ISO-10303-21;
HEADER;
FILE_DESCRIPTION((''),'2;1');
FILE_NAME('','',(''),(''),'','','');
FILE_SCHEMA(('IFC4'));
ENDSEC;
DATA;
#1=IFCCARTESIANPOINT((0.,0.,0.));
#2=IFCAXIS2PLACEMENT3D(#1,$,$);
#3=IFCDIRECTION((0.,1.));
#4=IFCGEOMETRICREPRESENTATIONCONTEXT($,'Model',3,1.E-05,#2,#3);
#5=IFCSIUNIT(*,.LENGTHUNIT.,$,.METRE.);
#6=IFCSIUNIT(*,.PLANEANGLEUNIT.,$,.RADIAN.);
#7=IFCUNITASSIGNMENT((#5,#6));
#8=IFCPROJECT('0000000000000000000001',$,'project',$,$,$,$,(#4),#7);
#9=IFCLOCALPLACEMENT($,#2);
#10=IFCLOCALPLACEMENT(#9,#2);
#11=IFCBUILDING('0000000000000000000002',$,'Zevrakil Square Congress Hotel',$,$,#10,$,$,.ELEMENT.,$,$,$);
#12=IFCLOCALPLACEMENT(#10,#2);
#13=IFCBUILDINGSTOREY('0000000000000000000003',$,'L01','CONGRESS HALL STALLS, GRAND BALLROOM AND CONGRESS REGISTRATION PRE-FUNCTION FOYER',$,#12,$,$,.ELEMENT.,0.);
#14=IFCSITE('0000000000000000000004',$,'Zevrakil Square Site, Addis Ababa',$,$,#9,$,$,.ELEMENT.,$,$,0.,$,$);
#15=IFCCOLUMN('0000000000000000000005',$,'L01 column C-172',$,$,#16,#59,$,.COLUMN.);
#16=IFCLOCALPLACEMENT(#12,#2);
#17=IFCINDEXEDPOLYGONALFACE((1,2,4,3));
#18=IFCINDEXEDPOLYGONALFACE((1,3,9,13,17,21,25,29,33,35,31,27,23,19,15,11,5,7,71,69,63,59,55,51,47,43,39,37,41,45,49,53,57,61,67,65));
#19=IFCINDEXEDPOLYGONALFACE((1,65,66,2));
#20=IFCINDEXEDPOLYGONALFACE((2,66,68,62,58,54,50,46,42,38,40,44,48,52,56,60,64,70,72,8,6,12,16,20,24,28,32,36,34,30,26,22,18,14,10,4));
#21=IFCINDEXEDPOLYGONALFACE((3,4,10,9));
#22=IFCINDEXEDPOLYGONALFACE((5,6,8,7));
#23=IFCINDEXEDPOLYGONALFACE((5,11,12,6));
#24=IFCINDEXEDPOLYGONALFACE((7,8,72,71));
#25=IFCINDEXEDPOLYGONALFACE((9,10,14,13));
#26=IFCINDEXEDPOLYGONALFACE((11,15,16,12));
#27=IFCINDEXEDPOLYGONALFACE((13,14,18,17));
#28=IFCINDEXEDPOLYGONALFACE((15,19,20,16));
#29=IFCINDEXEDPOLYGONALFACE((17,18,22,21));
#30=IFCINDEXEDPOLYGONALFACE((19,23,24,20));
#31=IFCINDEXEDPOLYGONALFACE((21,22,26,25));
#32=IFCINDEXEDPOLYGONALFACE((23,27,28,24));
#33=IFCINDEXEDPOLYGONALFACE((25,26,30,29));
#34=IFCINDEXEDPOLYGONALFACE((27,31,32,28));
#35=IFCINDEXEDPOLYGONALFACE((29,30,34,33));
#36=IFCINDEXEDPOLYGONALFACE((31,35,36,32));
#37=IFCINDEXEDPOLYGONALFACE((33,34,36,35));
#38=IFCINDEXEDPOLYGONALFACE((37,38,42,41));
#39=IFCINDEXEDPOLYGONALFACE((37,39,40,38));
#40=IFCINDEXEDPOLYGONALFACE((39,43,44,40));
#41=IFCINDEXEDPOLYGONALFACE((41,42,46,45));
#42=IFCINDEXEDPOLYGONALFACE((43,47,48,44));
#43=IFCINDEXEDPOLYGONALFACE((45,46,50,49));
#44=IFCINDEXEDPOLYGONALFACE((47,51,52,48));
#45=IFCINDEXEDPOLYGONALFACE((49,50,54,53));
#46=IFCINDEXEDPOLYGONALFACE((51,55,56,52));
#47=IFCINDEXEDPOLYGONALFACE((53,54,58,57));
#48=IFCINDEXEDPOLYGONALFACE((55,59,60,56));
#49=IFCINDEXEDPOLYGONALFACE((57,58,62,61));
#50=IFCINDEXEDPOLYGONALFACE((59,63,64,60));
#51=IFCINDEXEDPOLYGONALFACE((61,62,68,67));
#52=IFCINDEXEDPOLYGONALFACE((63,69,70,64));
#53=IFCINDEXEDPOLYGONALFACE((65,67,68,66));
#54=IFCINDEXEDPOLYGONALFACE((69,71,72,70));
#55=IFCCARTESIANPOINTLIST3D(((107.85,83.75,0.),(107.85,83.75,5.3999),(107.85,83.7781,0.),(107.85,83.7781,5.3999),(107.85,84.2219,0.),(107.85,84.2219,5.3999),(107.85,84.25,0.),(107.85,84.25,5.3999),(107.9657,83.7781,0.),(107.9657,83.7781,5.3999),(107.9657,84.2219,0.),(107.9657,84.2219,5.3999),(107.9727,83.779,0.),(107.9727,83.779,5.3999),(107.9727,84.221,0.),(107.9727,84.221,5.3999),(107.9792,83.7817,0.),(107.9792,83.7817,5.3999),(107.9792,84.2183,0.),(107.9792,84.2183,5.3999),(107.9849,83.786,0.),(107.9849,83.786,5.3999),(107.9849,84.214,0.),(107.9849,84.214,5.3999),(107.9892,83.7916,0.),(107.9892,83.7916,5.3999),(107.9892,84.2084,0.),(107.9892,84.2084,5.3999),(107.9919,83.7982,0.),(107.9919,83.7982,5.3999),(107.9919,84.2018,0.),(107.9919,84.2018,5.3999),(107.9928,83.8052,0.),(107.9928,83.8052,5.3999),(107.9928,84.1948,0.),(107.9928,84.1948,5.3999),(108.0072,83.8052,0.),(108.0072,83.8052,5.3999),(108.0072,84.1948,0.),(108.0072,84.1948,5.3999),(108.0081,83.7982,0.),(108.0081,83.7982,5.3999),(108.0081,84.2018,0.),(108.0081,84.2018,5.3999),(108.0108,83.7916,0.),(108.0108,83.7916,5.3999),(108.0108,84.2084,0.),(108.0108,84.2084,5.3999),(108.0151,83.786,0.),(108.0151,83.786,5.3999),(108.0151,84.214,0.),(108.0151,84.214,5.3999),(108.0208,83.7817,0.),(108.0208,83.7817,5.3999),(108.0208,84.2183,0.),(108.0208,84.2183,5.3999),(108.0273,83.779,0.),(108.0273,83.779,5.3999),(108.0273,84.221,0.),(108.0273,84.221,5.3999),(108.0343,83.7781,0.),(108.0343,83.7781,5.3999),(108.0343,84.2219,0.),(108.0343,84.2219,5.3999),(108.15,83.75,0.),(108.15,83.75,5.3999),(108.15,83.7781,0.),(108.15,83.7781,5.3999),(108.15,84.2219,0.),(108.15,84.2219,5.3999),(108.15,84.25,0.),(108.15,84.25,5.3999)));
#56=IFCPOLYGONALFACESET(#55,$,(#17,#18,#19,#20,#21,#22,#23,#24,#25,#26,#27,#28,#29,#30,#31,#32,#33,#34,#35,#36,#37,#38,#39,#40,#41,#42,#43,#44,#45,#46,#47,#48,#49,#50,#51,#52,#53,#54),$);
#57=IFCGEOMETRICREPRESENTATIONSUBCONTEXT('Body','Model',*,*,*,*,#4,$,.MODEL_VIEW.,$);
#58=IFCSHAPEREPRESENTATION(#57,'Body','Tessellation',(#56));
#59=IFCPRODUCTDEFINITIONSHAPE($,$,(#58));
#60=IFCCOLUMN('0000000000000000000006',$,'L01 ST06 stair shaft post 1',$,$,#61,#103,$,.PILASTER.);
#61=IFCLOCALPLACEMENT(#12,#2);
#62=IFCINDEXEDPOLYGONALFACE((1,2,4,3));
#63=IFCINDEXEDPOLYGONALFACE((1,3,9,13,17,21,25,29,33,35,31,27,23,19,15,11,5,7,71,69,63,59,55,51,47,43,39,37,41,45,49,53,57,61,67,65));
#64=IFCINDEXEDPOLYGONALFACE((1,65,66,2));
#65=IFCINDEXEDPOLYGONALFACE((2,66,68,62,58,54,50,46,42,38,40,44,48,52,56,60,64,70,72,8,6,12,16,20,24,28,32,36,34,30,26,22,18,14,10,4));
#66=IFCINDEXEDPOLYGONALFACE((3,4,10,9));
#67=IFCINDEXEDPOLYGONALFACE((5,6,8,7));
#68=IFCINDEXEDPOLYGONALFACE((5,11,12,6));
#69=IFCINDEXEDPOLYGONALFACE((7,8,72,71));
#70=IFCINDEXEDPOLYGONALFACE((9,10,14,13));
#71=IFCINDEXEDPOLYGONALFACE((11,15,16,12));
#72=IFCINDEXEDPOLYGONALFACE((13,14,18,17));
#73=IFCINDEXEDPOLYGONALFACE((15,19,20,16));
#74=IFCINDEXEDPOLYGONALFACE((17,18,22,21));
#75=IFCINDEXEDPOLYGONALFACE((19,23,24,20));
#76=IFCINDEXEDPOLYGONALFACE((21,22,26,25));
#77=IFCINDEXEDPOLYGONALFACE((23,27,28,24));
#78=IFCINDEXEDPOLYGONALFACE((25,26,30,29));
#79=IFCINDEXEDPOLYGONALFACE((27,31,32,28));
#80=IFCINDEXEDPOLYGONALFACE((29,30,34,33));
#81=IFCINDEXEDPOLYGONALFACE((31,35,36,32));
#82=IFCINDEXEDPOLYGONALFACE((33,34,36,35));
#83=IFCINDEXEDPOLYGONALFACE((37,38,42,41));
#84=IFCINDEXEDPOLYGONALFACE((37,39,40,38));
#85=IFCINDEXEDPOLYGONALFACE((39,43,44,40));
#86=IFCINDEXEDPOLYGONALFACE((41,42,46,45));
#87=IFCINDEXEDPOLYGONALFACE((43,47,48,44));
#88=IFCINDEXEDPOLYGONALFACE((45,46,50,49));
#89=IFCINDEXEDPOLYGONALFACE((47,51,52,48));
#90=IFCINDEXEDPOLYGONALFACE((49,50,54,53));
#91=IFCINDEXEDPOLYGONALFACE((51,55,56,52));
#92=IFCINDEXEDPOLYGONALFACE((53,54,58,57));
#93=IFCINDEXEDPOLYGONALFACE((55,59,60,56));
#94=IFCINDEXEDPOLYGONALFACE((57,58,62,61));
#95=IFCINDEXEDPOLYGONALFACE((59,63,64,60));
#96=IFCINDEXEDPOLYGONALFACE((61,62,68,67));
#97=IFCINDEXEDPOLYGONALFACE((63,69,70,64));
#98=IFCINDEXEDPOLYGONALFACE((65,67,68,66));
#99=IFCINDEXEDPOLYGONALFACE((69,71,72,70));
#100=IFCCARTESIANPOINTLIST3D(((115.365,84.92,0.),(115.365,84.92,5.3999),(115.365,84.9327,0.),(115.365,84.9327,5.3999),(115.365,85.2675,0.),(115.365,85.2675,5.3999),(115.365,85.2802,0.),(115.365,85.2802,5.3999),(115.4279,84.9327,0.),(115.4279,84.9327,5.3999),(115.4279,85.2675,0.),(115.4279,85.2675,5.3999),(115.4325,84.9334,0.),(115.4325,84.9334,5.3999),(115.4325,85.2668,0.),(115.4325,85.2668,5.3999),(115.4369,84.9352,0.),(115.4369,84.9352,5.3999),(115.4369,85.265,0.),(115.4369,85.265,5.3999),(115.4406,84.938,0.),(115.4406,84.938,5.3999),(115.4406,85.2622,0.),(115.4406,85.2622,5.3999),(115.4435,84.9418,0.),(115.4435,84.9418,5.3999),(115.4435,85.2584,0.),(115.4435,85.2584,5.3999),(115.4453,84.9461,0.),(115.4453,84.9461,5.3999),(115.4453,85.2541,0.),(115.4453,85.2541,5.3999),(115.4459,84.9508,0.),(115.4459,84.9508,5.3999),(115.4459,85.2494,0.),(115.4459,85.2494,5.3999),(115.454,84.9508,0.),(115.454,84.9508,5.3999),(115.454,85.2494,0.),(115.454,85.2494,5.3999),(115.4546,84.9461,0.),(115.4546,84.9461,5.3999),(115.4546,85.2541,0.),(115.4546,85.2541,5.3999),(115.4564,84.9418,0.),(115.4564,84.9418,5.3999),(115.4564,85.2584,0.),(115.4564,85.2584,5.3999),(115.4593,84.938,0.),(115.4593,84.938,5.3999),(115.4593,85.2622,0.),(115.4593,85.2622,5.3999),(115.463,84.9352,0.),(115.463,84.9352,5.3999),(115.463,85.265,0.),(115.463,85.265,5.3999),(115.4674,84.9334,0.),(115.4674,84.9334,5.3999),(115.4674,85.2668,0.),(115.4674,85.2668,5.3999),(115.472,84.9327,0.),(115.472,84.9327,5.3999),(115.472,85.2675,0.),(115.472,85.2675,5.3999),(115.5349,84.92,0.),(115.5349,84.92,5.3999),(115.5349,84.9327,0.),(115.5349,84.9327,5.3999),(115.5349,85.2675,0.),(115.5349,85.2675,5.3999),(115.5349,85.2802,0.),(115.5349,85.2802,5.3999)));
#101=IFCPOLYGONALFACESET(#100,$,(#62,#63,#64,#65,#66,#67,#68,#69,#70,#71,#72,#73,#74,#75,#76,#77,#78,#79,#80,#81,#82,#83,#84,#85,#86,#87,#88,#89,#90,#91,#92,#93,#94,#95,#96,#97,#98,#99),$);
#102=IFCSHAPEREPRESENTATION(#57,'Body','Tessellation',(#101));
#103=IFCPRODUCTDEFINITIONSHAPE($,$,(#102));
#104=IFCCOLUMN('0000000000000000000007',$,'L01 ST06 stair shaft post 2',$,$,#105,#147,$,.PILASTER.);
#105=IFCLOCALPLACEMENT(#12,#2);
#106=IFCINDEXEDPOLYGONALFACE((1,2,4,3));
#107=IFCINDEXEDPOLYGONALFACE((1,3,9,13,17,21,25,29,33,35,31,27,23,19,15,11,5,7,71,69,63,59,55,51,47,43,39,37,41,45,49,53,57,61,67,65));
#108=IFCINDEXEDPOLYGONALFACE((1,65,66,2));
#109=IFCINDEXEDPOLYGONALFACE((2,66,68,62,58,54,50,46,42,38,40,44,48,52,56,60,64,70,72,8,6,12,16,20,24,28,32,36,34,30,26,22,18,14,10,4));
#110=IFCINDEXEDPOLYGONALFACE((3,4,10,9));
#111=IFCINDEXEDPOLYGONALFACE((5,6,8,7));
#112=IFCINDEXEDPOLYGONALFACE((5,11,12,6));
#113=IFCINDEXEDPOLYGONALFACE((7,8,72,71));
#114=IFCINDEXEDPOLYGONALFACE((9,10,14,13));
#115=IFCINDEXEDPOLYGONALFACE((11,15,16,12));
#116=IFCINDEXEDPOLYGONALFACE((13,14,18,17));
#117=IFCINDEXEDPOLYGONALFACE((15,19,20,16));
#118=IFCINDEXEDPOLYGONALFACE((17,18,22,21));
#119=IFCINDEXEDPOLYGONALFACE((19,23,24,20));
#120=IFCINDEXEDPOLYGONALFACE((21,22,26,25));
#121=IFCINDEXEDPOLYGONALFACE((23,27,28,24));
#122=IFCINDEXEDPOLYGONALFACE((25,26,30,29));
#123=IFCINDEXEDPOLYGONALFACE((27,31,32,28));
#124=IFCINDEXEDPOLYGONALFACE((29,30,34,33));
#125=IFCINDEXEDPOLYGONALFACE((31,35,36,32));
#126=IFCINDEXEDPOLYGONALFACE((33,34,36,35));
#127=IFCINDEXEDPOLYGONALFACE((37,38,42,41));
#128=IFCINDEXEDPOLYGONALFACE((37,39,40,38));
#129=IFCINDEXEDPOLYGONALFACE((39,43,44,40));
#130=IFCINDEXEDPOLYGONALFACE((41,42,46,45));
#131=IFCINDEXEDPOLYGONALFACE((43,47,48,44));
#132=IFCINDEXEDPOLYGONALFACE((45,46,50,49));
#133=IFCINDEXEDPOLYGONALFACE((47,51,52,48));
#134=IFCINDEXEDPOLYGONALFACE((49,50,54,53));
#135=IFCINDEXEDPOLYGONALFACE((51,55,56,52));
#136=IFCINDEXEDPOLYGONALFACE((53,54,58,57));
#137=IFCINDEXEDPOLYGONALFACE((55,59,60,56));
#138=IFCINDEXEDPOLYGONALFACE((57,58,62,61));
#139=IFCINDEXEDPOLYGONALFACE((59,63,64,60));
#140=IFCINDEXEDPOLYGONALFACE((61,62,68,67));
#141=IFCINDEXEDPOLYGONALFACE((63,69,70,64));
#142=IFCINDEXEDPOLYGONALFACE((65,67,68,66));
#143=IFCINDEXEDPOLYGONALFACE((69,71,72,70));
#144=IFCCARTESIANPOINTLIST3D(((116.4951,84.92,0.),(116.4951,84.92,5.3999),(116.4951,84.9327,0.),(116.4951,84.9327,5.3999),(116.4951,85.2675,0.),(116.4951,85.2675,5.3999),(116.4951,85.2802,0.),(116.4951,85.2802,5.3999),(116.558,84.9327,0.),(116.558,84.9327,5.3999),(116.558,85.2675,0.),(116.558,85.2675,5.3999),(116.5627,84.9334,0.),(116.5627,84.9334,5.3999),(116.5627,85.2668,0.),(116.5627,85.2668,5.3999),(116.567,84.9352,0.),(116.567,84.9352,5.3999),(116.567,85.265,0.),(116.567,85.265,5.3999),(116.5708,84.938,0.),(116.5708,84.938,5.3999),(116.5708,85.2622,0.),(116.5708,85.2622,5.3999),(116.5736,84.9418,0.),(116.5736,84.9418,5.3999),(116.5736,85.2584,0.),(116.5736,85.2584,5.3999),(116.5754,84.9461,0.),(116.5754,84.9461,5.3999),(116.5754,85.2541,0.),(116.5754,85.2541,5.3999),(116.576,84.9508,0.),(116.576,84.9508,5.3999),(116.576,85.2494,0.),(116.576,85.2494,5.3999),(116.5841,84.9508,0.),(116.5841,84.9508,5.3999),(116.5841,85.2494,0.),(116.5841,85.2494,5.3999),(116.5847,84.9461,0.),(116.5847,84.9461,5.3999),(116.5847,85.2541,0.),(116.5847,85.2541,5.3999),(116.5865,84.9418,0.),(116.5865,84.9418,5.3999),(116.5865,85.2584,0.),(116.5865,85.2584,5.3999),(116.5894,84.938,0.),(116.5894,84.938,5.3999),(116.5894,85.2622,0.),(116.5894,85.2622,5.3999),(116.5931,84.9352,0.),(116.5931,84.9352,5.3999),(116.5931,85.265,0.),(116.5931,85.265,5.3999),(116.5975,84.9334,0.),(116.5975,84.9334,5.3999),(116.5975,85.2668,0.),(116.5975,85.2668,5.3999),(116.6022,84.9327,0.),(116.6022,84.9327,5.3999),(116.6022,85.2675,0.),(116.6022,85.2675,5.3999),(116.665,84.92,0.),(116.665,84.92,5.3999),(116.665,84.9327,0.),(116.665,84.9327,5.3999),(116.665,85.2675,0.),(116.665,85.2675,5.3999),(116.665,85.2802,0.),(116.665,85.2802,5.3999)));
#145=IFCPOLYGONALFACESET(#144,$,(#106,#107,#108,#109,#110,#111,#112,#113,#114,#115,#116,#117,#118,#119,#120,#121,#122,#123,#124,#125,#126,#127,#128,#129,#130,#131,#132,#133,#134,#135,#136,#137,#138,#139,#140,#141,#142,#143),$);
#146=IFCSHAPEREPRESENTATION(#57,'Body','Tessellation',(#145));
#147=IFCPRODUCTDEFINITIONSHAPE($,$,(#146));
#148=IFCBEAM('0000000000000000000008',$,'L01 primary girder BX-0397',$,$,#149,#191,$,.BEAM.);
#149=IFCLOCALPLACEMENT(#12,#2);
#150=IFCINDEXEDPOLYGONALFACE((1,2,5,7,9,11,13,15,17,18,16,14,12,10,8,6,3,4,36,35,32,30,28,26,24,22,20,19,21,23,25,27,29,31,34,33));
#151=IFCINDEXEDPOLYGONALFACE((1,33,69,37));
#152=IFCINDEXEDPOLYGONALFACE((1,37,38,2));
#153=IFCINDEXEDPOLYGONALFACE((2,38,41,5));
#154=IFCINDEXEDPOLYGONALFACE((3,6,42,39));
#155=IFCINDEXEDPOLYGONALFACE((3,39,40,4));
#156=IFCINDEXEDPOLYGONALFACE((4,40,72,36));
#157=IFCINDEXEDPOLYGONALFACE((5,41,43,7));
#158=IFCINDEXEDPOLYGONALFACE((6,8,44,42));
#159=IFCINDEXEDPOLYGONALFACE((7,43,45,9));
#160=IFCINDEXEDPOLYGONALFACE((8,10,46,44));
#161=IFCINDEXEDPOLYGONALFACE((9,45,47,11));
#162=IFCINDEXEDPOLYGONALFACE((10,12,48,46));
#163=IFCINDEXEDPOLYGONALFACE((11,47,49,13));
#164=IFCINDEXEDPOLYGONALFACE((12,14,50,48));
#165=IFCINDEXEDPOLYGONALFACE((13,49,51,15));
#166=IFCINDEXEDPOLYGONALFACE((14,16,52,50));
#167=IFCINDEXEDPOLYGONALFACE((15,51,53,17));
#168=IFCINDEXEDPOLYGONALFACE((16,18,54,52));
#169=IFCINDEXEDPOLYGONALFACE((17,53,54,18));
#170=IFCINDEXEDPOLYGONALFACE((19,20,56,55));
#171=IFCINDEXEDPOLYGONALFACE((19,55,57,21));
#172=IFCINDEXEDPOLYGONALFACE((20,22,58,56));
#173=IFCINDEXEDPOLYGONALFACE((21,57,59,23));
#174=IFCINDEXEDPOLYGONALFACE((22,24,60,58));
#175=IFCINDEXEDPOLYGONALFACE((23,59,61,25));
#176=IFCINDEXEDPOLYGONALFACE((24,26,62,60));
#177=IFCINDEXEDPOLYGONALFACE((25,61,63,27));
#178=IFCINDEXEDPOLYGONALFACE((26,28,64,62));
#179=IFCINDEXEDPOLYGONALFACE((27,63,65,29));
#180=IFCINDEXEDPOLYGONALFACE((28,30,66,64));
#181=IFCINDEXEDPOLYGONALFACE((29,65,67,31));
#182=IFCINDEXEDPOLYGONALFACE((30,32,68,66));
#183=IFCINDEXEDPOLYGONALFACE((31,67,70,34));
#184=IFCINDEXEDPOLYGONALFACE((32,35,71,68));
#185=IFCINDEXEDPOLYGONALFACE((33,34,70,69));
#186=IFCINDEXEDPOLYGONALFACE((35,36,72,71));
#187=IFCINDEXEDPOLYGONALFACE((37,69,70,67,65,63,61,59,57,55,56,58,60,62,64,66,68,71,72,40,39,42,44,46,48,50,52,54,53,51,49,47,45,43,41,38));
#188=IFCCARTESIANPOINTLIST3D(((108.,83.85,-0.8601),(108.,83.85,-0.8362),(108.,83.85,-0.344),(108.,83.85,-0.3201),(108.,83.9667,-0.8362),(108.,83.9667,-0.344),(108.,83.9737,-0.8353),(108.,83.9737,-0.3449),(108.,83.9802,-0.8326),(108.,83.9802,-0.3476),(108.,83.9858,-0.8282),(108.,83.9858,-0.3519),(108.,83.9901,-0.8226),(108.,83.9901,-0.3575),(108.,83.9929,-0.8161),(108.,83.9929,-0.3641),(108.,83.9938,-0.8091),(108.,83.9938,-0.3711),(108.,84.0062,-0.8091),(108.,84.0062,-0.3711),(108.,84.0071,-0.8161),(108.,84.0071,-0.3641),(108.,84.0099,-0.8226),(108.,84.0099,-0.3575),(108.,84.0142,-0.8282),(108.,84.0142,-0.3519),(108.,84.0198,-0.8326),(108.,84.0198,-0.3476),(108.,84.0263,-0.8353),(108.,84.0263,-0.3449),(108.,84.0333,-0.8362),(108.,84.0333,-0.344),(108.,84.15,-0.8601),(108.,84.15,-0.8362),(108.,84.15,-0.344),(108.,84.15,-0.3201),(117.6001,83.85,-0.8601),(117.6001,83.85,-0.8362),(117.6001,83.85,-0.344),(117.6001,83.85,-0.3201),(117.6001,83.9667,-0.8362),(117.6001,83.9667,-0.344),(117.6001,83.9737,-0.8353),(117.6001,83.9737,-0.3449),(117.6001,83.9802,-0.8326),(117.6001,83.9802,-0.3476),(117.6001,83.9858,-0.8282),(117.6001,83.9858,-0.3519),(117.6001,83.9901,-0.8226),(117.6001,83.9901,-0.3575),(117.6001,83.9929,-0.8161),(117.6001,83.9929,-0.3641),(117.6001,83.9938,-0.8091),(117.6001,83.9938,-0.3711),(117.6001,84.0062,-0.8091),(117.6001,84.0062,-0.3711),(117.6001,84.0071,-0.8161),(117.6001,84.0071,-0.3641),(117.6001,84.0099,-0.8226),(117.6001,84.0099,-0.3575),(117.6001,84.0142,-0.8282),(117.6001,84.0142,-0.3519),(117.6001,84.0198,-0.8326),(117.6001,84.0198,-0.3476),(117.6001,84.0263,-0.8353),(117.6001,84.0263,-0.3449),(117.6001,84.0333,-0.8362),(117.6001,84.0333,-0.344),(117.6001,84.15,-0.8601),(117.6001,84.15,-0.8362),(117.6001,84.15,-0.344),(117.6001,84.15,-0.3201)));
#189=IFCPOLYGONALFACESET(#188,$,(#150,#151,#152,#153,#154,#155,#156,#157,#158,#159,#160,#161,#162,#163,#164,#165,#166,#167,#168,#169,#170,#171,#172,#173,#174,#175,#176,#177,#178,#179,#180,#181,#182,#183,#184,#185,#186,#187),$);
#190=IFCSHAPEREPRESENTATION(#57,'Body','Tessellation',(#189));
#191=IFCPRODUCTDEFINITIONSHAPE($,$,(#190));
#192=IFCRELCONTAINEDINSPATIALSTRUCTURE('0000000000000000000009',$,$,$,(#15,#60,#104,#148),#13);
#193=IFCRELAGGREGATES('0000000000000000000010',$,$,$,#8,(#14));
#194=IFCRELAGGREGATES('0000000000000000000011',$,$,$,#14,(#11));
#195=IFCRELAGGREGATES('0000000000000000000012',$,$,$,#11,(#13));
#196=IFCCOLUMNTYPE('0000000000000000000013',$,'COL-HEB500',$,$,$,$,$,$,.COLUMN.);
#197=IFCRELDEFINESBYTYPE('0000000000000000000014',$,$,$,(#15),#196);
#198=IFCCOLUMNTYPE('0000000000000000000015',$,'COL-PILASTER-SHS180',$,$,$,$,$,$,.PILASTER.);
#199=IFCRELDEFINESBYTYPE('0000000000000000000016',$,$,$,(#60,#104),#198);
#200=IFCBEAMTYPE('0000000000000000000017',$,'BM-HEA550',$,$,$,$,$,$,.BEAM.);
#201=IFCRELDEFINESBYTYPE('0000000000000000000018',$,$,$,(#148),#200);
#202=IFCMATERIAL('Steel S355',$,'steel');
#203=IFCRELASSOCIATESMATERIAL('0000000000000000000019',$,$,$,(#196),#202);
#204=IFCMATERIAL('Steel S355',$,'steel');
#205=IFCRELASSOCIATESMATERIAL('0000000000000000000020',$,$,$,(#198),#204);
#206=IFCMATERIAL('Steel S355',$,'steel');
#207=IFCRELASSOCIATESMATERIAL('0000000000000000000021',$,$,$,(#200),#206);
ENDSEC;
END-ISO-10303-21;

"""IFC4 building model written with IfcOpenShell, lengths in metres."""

from ifc_helpers import new_model, si_unit, direction, frame, origin, origin_2d, place, context, subcontext, project, spatial, i_section, extrude, material, material_profile, profile_set, type_object, element, save


model = new_model("IFC4")

# Units and contexts
model_context = context("Model", 3, precision=1e-05, world=origin(), true_north=direction((0.0, 1.0)))
body_context = subcontext(model_context, "Body", "Model", "MODEL_VIEW")
ifc_project = project(units=[si_unit("LENGTHUNIT", "METRE"), si_unit("PLANEANGLEUNIT", "RADIAN")], contexts=[model_context])

# Site, building, storey
site_placement = place(None, origin())
site = spatial("IfcSite", under=ifc_project, at=site_placement, Name="Zevrakil Square Site, Addis Ababa", CompositionType="ELEMENT", RefElevation=0.0)
building_placement = place(site_placement, origin())
building = spatial("IfcBuilding", under=site, at=building_placement, Name="Zevrakil Square Congress Hotel", CompositionType="ELEMENT")
storey_placement = place(building_placement, origin())
storey = spatial("IfcBuildingStorey", under=building, at=storey_placement, Name="L01", Description="CONGRESS HALL STALLS, GRAND BALLROOM AND CONGRESS REGISTRATION PRE-FUNCTION FOYER", CompositionType="ELEMENT", Elevation=0.0)

# Columns
ifc_material_1 = material(Name="Steel S355", Category="steel")
ifc_material_profile_1 = material_profile(ifc_material_1, i_section(OverallWidth=0.3, OverallDepth=0.5, WebThickness=0.0144, FlangeThickness=0.0281, FilletRadius=0.0271, at=origin_2d()), Name="HEB 500")
ifc_profile_set_1 = profile_set([ifc_material_profile_1], Name="Steel S355")
column_type_1 = type_object("IfcColumnType", Name="COL-HEB500", PredefinedType="COLUMN", material=ifc_profile_set_1)
column_placement = place(storey_placement, frame((108.0, 84.0, 0.0), z_axis=(0.0, 0.0, 1.0), x_axis=(1.0, 0.0, 0.0)))
element("IfcColumn", 1, at=column_placement, inside=storey, type_object=column_type_1, Name="L01 column C-172", PredefinedType="COLUMN", context=body_context, shape_type="SweptSolid", body=[
    extrude(i_section(OverallWidth=0.3, OverallDepth=0.5, WebThickness=0.0144, FlangeThickness=0.0281, FilletRadius=0.0271, at=origin_2d()), origin(), (0.0, 0.0, 1.0), 5.3999),
])
ifc_material_2 = material(Name="Steel S355", Category="steel")
ifc_material_profile_2 = material_profile(ifc_material_2, i_section(OverallWidth=0.1699, OverallDepth=0.3601, WebThickness=0.0081, FlangeThickness=0.0127, FilletRadius=0.0181, at=origin_2d()), Name="IPE 360")
ifc_profile_set_2 = profile_set([ifc_material_profile_2], Name="Steel S355")
column_type_2 = type_object("IfcColumnType", Name="COL-PILASTER-SHS180", PredefinedType="PILASTER", material=ifc_profile_set_2)
for number, where, z_axis, x_axis, name in (
    (2, (115.45, 85.1001, 0.0), (0.0, 0.0, 1.0), (1.0, 0.0, 0.0), "L01 ST06 stair shaft post 1"),
    (3, (116.5801, 85.1001, 0.0), (0.0, 0.0, 1.0), (1.0, 0.0, 0.0), "L01 ST06 stair shaft post 2"),
):
    element("IfcColumn", number, at=place(storey_placement, frame(where, z_axis=z_axis, x_axis=x_axis)), inside=storey, type_object=column_type_2, Name=name, PredefinedType="PILASTER", context=body_context, shape_type="SweptSolid", body=[
        extrude(i_section(OverallWidth=0.1699, OverallDepth=0.3601, WebThickness=0.0081, FlangeThickness=0.0127, FilletRadius=0.0181, at=origin_2d()), origin(), (0.0, 0.0, 1.0), 5.3999),
    ])

# Beam
ifc_material_3 = material(Name="Steel S355", Category="steel")
ifc_material_profile_3 = material_profile(ifc_material_3, i_section(OverallWidth=0.3, OverallDepth=0.54, WebThickness=0.0125, FlangeThickness=0.0239, FilletRadius=0.0271, at=origin_2d()), Name="HEA 550")
ifc_profile_set_3 = profile_set([ifc_material_profile_3], Name="Steel S355")
beam_type_1 = type_object("IfcBeamType", Name="BM-HEA550", PredefinedType="BEAM", material=ifc_profile_set_3)
beam_1_placement = place(storey_placement, frame((108.0, 84.0, -0.5901), z_axis=(1.0, 0.0, 0.0), x_axis=(0.0, 1.0, 0.0)))
element("IfcBeam", 4, at=beam_1_placement, inside=storey, type_object=beam_type_1, Name="L01 primary girder BX-0397", PredefinedType="BEAM", context=body_context, shape_type="SweptSolid", body=[
    extrude(i_section(OverallWidth=0.3, OverallDepth=0.54, WebThickness=0.0125, FlangeThickness=0.0239, FilletRadius=0.0271, at=origin_2d()), origin(), (0.0, 0.0, 1.0), 9.6001),
])

save(model, "model.ifc")
